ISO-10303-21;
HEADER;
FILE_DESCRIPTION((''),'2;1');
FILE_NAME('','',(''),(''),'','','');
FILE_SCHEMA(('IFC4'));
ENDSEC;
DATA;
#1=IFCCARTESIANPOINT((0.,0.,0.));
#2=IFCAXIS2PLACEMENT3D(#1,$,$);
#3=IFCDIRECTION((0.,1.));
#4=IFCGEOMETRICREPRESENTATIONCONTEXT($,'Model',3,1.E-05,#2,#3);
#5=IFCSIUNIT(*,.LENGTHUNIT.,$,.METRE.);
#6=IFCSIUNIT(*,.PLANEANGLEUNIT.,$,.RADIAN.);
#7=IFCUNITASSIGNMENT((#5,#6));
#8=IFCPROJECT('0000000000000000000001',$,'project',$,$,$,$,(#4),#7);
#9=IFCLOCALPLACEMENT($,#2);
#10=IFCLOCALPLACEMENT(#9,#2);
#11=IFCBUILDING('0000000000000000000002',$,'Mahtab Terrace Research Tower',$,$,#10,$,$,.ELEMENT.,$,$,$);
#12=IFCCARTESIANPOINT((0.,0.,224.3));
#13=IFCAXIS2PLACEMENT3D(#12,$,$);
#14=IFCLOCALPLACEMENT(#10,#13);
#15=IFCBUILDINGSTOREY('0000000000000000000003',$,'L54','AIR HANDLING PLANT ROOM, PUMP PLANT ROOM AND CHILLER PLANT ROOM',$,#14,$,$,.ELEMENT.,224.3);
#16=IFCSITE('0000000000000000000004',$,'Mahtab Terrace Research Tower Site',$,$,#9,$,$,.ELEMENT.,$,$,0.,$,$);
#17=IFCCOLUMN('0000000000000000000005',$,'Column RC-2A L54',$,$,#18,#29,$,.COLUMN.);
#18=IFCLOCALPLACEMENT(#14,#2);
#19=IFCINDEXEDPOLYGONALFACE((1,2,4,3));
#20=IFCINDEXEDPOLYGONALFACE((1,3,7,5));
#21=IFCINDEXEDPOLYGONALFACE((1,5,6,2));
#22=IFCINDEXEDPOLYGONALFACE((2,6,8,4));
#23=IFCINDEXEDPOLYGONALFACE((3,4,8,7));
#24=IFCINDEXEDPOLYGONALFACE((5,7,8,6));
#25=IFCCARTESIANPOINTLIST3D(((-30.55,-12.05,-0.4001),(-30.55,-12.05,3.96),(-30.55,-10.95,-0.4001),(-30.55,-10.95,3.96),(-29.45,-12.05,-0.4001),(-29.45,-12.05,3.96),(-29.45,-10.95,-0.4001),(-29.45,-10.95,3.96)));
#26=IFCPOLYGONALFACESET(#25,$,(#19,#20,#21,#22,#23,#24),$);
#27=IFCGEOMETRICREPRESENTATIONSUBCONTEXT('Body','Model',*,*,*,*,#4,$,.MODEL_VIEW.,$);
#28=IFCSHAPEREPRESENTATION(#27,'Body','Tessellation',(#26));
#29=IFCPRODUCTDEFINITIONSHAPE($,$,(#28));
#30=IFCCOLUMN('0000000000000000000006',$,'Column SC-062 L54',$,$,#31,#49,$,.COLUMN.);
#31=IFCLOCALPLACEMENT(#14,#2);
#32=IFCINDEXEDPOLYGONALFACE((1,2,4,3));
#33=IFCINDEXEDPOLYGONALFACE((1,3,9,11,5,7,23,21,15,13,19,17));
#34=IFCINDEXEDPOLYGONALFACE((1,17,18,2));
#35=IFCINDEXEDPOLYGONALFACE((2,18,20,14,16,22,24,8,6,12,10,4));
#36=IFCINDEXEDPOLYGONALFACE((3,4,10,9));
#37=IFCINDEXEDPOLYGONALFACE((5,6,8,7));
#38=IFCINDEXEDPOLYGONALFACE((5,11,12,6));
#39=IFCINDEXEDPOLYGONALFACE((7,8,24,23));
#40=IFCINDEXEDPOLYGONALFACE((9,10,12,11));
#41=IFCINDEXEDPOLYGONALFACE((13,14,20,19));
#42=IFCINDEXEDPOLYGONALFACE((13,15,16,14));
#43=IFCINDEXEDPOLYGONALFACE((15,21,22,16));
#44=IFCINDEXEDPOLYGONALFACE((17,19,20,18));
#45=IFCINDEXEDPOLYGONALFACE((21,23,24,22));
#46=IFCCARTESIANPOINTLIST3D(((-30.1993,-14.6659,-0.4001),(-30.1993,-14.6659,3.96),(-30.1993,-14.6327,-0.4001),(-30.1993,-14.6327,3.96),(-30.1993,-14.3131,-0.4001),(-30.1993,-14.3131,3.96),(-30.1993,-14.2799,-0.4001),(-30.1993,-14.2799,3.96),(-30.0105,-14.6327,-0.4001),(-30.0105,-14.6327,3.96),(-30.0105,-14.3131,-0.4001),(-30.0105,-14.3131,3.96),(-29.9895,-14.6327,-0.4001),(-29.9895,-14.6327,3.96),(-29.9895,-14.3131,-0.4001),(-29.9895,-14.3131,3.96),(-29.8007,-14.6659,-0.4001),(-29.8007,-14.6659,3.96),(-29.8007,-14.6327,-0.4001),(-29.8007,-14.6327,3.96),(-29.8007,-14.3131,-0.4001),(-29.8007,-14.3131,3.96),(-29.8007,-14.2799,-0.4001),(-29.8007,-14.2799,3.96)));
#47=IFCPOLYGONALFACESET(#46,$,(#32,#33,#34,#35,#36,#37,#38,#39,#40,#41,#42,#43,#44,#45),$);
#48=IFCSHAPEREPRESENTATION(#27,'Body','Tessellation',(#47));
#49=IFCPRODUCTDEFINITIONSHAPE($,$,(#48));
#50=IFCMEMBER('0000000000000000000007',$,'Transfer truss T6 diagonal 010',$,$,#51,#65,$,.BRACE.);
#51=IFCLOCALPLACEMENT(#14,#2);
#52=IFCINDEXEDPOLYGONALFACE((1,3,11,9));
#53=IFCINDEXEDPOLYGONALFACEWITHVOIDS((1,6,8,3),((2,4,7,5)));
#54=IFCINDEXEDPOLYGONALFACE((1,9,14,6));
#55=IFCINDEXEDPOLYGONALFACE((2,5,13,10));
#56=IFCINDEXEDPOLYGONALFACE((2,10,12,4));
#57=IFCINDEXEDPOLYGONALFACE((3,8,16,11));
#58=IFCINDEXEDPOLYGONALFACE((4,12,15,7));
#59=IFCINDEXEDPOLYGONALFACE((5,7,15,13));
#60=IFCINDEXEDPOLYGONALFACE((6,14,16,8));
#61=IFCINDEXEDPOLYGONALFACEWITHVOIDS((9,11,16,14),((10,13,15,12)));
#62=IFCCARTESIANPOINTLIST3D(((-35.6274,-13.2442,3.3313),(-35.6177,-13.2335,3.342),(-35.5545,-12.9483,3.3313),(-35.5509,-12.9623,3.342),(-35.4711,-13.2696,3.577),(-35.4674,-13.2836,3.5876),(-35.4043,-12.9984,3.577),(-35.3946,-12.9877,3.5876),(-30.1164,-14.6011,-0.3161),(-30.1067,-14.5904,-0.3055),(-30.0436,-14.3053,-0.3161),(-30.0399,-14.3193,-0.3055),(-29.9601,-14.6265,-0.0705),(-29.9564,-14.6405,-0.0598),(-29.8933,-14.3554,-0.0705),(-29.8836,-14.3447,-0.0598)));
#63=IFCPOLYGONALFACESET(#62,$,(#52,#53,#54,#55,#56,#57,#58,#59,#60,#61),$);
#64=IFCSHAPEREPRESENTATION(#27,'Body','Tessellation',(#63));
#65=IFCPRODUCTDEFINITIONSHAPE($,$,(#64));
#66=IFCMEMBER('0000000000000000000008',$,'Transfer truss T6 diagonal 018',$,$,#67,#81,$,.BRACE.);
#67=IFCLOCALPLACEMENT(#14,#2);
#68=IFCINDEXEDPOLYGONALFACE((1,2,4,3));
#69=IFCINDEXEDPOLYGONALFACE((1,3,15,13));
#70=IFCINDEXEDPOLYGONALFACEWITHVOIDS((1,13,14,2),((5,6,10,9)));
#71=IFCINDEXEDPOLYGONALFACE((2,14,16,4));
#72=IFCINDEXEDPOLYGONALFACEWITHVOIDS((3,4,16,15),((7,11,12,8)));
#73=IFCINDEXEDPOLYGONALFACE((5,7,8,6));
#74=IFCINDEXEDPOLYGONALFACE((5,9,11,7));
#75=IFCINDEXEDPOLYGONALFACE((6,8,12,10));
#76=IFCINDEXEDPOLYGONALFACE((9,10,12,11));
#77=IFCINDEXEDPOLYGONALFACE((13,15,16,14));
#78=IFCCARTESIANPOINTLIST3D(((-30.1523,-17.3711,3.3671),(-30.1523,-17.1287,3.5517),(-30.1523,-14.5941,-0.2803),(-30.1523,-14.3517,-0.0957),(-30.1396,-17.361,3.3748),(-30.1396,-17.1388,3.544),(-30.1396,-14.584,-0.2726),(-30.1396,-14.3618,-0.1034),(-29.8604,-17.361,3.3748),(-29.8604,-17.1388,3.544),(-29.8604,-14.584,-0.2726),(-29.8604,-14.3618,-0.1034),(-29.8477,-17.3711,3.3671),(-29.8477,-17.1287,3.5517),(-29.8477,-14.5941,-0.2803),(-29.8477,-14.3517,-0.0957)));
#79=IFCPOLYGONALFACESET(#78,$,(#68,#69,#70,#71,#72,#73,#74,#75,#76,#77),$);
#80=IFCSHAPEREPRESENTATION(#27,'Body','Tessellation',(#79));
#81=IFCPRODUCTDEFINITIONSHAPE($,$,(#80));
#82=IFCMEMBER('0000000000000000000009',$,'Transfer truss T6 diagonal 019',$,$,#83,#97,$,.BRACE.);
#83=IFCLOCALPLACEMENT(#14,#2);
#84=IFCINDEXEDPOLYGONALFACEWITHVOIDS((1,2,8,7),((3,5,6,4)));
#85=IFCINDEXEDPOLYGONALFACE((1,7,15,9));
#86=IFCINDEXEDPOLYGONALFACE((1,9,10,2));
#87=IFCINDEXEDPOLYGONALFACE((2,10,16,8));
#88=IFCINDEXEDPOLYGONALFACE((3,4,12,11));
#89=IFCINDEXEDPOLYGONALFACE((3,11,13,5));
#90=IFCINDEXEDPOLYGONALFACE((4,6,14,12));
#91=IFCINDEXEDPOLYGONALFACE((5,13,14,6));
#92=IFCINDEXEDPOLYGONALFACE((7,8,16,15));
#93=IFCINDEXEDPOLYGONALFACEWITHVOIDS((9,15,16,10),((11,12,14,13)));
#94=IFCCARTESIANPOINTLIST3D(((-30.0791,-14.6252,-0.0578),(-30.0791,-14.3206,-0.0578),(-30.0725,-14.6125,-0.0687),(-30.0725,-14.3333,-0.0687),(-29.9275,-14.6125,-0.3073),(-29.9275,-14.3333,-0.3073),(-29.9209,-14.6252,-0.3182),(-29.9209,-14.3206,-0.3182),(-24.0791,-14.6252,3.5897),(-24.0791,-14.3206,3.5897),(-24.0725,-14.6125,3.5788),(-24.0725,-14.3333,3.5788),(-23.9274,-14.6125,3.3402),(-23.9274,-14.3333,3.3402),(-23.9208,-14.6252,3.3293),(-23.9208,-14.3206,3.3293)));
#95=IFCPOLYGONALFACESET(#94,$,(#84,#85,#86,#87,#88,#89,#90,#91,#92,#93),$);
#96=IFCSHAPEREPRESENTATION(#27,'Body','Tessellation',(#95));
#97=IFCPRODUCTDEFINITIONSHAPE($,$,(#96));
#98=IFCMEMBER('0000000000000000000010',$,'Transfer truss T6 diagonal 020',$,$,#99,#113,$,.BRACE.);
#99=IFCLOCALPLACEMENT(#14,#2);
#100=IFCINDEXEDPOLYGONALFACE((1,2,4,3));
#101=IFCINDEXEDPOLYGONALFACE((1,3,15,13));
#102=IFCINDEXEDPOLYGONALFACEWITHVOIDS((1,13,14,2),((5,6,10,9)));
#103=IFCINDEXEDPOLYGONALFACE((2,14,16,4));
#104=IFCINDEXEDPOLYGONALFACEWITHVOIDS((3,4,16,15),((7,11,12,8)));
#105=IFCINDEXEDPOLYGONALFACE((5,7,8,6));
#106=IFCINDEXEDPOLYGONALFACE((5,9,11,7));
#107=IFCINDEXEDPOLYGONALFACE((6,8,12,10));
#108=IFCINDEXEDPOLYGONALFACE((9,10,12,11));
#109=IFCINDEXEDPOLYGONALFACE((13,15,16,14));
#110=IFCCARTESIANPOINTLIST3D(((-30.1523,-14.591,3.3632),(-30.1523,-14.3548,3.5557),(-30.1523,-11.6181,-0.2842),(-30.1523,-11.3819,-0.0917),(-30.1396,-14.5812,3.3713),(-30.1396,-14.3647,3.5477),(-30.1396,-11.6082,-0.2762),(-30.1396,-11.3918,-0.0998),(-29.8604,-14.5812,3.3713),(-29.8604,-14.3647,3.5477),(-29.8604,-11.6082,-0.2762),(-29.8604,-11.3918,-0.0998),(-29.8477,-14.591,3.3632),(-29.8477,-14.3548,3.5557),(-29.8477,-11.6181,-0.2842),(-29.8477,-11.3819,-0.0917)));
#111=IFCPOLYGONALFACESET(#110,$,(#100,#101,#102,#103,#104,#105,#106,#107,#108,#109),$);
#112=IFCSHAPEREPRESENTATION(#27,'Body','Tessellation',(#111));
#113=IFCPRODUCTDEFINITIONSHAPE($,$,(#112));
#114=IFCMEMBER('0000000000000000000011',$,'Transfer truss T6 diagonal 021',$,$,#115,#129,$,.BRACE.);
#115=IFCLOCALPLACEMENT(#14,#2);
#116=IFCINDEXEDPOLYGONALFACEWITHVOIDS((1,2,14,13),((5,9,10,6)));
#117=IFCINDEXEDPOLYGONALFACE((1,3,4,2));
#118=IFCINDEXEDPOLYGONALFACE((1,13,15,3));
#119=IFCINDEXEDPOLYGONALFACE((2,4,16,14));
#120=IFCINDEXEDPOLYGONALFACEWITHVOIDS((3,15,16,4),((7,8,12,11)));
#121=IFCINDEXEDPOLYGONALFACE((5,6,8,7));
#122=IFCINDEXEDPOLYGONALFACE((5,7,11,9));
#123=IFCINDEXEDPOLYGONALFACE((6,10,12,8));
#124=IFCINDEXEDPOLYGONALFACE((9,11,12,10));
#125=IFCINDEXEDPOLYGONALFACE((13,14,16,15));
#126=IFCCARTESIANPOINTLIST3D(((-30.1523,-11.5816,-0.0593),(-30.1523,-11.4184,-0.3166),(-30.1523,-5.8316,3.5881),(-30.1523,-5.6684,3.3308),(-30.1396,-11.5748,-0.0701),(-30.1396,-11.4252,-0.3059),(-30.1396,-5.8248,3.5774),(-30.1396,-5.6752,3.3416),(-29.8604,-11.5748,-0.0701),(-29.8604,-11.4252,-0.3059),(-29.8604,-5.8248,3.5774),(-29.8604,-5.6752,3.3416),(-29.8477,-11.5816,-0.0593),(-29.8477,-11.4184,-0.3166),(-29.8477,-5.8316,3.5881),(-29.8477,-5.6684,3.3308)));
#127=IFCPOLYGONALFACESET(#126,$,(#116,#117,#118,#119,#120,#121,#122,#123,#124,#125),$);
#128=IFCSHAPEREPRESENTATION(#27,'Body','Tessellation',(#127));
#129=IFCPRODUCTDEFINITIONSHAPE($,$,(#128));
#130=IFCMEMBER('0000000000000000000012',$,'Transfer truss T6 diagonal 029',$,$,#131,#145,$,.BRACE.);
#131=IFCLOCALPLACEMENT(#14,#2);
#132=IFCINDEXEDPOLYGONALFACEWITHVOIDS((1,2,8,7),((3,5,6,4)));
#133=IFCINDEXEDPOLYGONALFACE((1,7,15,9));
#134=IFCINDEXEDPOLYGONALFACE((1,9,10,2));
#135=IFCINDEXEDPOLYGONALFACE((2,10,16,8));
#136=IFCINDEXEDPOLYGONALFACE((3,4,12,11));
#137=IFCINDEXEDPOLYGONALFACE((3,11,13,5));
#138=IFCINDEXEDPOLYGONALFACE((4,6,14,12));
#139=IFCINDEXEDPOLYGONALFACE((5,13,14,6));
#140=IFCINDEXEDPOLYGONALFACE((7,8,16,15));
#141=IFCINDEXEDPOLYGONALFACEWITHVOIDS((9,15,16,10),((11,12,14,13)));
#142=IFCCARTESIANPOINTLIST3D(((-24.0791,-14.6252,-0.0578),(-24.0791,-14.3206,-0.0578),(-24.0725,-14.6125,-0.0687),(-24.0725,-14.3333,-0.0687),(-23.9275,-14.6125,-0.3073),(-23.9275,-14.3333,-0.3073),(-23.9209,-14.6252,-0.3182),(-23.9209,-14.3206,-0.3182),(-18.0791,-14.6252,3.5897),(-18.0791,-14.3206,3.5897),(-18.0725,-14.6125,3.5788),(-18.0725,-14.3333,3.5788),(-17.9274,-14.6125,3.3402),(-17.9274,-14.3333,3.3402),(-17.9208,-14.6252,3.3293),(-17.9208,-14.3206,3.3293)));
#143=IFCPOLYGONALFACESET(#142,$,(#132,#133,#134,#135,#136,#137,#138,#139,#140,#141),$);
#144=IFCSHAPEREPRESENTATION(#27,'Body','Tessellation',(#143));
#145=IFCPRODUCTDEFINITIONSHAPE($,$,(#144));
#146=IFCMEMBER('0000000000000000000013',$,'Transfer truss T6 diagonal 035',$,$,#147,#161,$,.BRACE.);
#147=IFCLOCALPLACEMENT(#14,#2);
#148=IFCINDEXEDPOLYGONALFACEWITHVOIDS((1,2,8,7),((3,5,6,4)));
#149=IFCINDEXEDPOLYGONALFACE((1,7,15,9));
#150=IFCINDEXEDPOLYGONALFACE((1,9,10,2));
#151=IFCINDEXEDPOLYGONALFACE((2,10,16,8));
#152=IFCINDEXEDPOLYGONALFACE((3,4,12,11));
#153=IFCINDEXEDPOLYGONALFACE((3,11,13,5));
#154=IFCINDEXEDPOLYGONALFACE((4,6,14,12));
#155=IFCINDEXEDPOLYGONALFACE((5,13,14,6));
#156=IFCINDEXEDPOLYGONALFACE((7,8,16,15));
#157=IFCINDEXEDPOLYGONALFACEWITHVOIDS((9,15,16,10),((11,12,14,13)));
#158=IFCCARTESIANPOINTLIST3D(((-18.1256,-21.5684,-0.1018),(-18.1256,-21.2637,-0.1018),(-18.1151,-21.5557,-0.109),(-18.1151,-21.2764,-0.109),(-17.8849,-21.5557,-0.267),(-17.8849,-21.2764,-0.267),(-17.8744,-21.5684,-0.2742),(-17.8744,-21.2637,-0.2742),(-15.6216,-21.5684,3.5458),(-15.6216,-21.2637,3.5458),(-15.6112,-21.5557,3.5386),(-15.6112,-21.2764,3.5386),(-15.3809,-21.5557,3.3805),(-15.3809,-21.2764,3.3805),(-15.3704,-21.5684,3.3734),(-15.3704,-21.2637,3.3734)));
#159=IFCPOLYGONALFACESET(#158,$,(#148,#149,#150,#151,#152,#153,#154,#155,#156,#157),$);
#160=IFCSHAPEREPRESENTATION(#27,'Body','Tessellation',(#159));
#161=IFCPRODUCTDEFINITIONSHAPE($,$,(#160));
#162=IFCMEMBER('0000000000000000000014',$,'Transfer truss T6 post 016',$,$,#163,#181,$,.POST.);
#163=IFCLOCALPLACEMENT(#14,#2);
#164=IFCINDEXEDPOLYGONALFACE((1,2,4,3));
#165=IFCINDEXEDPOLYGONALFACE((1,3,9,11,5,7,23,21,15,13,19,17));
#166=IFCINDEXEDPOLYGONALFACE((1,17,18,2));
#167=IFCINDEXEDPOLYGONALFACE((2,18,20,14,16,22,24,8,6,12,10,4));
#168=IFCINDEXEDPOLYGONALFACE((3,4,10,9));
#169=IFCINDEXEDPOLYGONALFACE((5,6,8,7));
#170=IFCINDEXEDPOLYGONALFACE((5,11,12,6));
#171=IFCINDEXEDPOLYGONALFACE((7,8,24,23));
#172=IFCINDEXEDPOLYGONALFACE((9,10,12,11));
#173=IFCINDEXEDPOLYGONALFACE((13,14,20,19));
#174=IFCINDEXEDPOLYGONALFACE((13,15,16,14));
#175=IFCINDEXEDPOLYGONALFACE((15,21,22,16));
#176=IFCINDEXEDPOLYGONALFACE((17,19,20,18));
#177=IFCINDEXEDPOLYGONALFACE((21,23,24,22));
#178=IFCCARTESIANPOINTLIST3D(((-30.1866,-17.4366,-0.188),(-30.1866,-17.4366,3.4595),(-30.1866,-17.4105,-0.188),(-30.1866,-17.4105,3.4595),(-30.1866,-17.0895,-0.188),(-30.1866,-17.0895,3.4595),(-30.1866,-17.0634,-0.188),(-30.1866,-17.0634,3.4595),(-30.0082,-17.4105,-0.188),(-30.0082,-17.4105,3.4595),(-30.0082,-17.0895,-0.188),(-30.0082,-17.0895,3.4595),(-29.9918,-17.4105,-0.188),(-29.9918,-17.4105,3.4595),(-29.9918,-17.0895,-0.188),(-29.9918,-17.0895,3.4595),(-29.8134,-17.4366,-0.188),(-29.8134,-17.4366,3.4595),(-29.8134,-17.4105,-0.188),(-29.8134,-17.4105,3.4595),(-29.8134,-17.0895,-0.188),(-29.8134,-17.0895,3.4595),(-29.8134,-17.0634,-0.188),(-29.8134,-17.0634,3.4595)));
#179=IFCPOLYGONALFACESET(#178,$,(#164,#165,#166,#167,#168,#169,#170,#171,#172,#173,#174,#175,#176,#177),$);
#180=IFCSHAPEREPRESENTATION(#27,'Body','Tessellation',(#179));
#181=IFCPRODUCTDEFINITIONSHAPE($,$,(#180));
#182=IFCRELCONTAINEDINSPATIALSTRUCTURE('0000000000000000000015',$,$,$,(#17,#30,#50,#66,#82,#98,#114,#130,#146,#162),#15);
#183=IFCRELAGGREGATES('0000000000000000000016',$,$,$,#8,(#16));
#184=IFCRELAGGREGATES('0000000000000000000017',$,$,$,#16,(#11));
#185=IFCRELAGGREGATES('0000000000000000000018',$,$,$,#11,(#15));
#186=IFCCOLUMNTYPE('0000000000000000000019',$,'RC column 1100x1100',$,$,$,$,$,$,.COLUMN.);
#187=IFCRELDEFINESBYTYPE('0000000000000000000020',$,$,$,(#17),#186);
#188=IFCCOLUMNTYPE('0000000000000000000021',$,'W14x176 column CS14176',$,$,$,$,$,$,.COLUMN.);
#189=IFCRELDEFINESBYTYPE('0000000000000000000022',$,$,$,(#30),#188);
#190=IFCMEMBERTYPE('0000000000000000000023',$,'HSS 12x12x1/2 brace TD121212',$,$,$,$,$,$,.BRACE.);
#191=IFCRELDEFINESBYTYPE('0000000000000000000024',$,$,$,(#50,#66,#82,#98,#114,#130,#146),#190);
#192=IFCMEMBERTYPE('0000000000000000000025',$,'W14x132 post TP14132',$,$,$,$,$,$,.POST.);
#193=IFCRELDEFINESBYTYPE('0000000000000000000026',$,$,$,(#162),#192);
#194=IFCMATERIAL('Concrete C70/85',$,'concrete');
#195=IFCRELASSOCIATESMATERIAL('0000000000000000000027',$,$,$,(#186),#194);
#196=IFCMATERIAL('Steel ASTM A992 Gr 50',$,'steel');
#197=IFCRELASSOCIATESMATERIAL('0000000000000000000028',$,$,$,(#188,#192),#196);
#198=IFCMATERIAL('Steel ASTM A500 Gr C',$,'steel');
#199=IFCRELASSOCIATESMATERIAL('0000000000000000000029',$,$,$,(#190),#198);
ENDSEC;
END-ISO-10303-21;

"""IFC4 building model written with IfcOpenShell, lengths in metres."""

from ifc_helpers import new_model, si_unit, direction, frame, origin, origin_2d, place, context, subcontext, project, spatial, rectangle, hollow_rectangle, i_section, extrude, material, material_profile, profile_set, type_object, element, save


model = new_model("IFC4")

# Units and contexts
model_context = context("Model", 3, precision=1e-05, world=origin(), true_north=direction((0.0, 1.0)))
body_context = subcontext(model_context, "Body", "Model", "MODEL_VIEW")
ifc_project = project(units=[si_unit("LENGTHUNIT", "METRE"), si_unit("PLANEANGLEUNIT", "RADIAN")], contexts=[model_context])

# Site, building, storey
site_placement = place(None, origin())
site = spatial("IfcSite", under=ifc_project, at=site_placement, Name="Mahtab Terrace Research Tower Site", CompositionType="ELEMENT", RefElevation=0.0)
building_placement = place(site_placement, origin())
building = spatial("IfcBuilding", under=site, at=building_placement, Name="Mahtab Terrace Research Tower", CompositionType="ELEMENT")
storey_placement = place(building_placement, frame((0.0, 0.0, 224.3)))
storey = spatial("IfcBuildingStorey", under=building, at=storey_placement, Name="L54", Description="AIR HANDLING PLANT ROOM, PUMP PLANT ROOM AND CHILLER PLANT ROOM", CompositionType="ELEMENT", Elevation=224.3)

# Columns
ifc_material_1 = material(Name="Concrete C70/85", Category="concrete")
ifc_material_profile_1 = material_profile(ifc_material_1, rectangle(XDim=1.1001, YDim=1.1001, at=origin_2d()), Name="RC column 1100x1100")
ifc_profile_set_1 = profile_set([ifc_material_profile_1], Name="Concrete C70/85")
column_type_1 = type_object("IfcColumnType", Name="RC column 1100x1100", PredefinedType="COLUMN", material=ifc_profile_set_1)
column_1_placement = place(storey_placement, frame((-30.0, -11.5, -0.4001), z_axis=(0.0, 0.0, 1.0), x_axis=(1.0, 0.0, 0.0)))
element("IfcColumn", 1, at=column_1_placement, inside=storey, type_object=column_type_1, Name="Column RC-2A L54", PredefinedType="COLUMN", context=body_context, shape_type="SweptSolid", body=[
    extrude(rectangle(XDim=1.1001, YDim=1.1001, at=origin_2d()), origin(), (0.0, 0.0, 1.0), 4.3601),
])
ifc_material_2 = material(Name="Steel ASTM A992 Gr 50", Category="steel")
ifc_material_profile_2 = material_profile(ifc_material_2, i_section(OverallWidth=0.3987, OverallDepth=0.386, WebThickness=0.021, FlangeThickness=0.0332, at=origin_2d()), Name="W14X176")
ifc_profile_set_2 = profile_set([ifc_material_profile_2], Name="Steel ASTM A992 Gr 50")
column_type_2 = type_object("IfcColumnType", Name="W14x176 column CS14176", PredefinedType="COLUMN", material=ifc_profile_set_2)
column_2_placement = place(storey_placement, frame((-30.0, -14.4729, -0.4001), z_axis=(0.0, 0.0, 1.0), x_axis=(1.0, 0.0, 0.0)))
element("IfcColumn", 2, at=column_2_placement, inside=storey, type_object=column_type_2, Name="Column SC-062 L54", PredefinedType="COLUMN", context=body_context, shape_type="SweptSolid", body=[
    extrude(i_section(OverallWidth=0.3987, OverallDepth=0.386, WebThickness=0.021, FlangeThickness=0.0332, at=origin_2d()), origin(), (0.0, 0.0, 1.0), 4.3601),
])

# Members
ifc_material_3 = material(Name="Steel ASTM A500 Gr C", Category="steel")
ifc_material_profile_3 = material_profile(ifc_material_3, hollow_rectangle(XDim=0.3047, YDim=0.3047, WallThickness=0.0127, at=origin_2d()), Name="HSS12X12X1/2")
ifc_profile_set_3 = profile_set([ifc_material_profile_3], Name="Steel ASTM A500 Gr C")
member_type_1 = type_object("IfcMemberType", Name="HSS 12x12x1/2 brace TD121212", PredefinedType="BRACE", material=ifc_profile_set_3)
member_1_placement = place(storey_placement, frame((-30.0, -14.4729, -0.188), z_axis=(-0.816857, 0.201129, 0.540639), x_axis=(-0.239083, -0.970999, 0.0)))
element("IfcMember", 3, at=member_1_placement, inside=storey, type_object=member_type_1, Name="Transfer truss T6 diagonal 010", PredefinedType="BRACE", context=body_context, shape_type="SweptSolid", body=[
    extrude(hollow_rectangle(XDim=0.3047, YDim=0.3047, WallThickness=0.0127, at=origin_2d()), origin(), (0.0, 0.0, 1.0), 6.7466),
])
member_2_placement = place(storey_placement, frame((-30.0, -14.4729, -0.188), z_axis=(0.0, -0.605778, 0.795633), x_axis=(1.0, 0.0, 0.0)))
element("IfcMember", 4, at=member_2_placement, inside=storey, type_object=member_type_1, Name="Transfer truss T6 diagonal 018", PredefinedType="BRACE", context=body_context, shape_type="SweptSolid", body=[
    extrude(hollow_rectangle(XDim=0.3047, YDim=0.3047, WallThickness=0.0127, at=origin_2d()), origin(), (0.0, 0.0, 1.0), 4.5842),
])
member_3_placement = place(storey_placement, frame((-30.0, -14.4729, -0.188), z_axis=(0.854497, 0.0, 0.519457), x_axis=(0.0, 1.0, 0.0)))
element("IfcMember", 5, at=member_3_placement, inside=storey, type_object=member_type_1, Name="Transfer truss T6 diagonal 019", PredefinedType="BRACE", context=body_context, shape_type="SweptSolid", body=[
    extrude(hollow_rectangle(XDim=0.3047, YDim=0.3047, WallThickness=0.0127, at=origin_2d()), origin(), (0.0, 0.0, 1.0), 7.0217),
])
member_4_placement = place(storey_placement, frame((-30.0, -11.5, -0.188), z_axis=(0.0, -0.631787, 0.775142), x_axis=(1.0, 0.0, 0.0)))
element("IfcMember", 6, at=member_4_placement, inside=storey, type_object=member_type_1, Name="Transfer truss T6 diagonal 020", PredefinedType="BRACE", context=body_context, shape_type="SweptSolid", body=[
    extrude(hollow_rectangle(XDim=0.3047, YDim=0.3047, WallThickness=0.0127, at=origin_2d()), origin(), (0.0, 0.0, 1.0), 4.7056),
])
member_5_placement = place(storey_placement, frame((-30.0, -11.5, -0.188), z_axis=(0.0, 0.844434, 0.535659), x_axis=(-1.0, 0.0, 0.0)))
element("IfcMember", 7, at=member_5_placement, inside=storey, type_object=member_type_1, Name="Transfer truss T6 diagonal 021", PredefinedType="BRACE", context=body_context, shape_type="SweptSolid", body=[
    extrude(hollow_rectangle(XDim=0.3047, YDim=0.3047, WallThickness=0.0127, at=origin_2d()), origin(), (0.0, 0.0, 1.0), 6.8093),
])
member_6_placement = place(storey_placement, frame((-24.0, -14.4729, -0.188), z_axis=(0.854497, 0.0, 0.519457), x_axis=(0.0, 1.0, 0.0)))
element("IfcMember", 8, at=member_6_placement, inside=storey, type_object=member_type_1, Name="Transfer truss T6 diagonal 029", PredefinedType="BRACE", context=body_context, shape_type="SweptSolid", body=[
    extrude(hollow_rectangle(XDim=0.3047, YDim=0.3047, WallThickness=0.0127, at=origin_2d()), origin(), (0.0, 0.0, 1.0), 7.0217),
])
member_7_placement = place(storey_placement, frame((-18.0, -21.416, -0.188), z_axis=(0.565957, 0.0, 0.824435), x_axis=(0.0, 1.0, 0.0)))
element("IfcMember", 9, at=member_7_placement, inside=storey, type_object=member_type_1, Name="Transfer truss T6 diagonal 035", PredefinedType="BRACE", context=body_context, shape_type="SweptSolid", body=[
    extrude(hollow_rectangle(XDim=0.3047, YDim=0.3047, WallThickness=0.0127, at=origin_2d()), origin(), (0.0, 0.0, 1.0), 4.4243),
])
ifc_material_profile_4 = material_profile(ifc_material_2, i_section(OverallWidth=0.3733, OverallDepth=0.3733, WebThickness=0.0164, FlangeThickness=0.0261, at=origin_2d()), Name="W14X132")
ifc_profile_set_4 = profile_set([ifc_material_profile_4], Name="Steel ASTM A992 Gr 50")
member_type_2 = type_object("IfcMemberType", Name="W14x132 post TP14132", PredefinedType="POST", material=ifc_profile_set_4)
for number, where, z_axis, x_axis, name in (
    (10, (-30.0, -17.25, -0.188), (0.0, 0.0, 1.0), (1.0, 0.0, 0.0), "Transfer truss T6 post 016"),
):
    element("IfcMember", number, at=place(storey_placement, frame(where, z_axis=z_axis, x_axis=x_axis)), inside=storey, type_object=member_type_2, Name=name, PredefinedType="POST", context=body_context, shape_type="SweptSolid", body=[
        extrude(i_section(OverallWidth=0.3733, OverallDepth=0.3733, WebThickness=0.0164, FlangeThickness=0.0261, at=origin_2d()), origin(), (0.0, 0.0, 1.0), 3.6475),
    ])

save(model, "model.ifc")
